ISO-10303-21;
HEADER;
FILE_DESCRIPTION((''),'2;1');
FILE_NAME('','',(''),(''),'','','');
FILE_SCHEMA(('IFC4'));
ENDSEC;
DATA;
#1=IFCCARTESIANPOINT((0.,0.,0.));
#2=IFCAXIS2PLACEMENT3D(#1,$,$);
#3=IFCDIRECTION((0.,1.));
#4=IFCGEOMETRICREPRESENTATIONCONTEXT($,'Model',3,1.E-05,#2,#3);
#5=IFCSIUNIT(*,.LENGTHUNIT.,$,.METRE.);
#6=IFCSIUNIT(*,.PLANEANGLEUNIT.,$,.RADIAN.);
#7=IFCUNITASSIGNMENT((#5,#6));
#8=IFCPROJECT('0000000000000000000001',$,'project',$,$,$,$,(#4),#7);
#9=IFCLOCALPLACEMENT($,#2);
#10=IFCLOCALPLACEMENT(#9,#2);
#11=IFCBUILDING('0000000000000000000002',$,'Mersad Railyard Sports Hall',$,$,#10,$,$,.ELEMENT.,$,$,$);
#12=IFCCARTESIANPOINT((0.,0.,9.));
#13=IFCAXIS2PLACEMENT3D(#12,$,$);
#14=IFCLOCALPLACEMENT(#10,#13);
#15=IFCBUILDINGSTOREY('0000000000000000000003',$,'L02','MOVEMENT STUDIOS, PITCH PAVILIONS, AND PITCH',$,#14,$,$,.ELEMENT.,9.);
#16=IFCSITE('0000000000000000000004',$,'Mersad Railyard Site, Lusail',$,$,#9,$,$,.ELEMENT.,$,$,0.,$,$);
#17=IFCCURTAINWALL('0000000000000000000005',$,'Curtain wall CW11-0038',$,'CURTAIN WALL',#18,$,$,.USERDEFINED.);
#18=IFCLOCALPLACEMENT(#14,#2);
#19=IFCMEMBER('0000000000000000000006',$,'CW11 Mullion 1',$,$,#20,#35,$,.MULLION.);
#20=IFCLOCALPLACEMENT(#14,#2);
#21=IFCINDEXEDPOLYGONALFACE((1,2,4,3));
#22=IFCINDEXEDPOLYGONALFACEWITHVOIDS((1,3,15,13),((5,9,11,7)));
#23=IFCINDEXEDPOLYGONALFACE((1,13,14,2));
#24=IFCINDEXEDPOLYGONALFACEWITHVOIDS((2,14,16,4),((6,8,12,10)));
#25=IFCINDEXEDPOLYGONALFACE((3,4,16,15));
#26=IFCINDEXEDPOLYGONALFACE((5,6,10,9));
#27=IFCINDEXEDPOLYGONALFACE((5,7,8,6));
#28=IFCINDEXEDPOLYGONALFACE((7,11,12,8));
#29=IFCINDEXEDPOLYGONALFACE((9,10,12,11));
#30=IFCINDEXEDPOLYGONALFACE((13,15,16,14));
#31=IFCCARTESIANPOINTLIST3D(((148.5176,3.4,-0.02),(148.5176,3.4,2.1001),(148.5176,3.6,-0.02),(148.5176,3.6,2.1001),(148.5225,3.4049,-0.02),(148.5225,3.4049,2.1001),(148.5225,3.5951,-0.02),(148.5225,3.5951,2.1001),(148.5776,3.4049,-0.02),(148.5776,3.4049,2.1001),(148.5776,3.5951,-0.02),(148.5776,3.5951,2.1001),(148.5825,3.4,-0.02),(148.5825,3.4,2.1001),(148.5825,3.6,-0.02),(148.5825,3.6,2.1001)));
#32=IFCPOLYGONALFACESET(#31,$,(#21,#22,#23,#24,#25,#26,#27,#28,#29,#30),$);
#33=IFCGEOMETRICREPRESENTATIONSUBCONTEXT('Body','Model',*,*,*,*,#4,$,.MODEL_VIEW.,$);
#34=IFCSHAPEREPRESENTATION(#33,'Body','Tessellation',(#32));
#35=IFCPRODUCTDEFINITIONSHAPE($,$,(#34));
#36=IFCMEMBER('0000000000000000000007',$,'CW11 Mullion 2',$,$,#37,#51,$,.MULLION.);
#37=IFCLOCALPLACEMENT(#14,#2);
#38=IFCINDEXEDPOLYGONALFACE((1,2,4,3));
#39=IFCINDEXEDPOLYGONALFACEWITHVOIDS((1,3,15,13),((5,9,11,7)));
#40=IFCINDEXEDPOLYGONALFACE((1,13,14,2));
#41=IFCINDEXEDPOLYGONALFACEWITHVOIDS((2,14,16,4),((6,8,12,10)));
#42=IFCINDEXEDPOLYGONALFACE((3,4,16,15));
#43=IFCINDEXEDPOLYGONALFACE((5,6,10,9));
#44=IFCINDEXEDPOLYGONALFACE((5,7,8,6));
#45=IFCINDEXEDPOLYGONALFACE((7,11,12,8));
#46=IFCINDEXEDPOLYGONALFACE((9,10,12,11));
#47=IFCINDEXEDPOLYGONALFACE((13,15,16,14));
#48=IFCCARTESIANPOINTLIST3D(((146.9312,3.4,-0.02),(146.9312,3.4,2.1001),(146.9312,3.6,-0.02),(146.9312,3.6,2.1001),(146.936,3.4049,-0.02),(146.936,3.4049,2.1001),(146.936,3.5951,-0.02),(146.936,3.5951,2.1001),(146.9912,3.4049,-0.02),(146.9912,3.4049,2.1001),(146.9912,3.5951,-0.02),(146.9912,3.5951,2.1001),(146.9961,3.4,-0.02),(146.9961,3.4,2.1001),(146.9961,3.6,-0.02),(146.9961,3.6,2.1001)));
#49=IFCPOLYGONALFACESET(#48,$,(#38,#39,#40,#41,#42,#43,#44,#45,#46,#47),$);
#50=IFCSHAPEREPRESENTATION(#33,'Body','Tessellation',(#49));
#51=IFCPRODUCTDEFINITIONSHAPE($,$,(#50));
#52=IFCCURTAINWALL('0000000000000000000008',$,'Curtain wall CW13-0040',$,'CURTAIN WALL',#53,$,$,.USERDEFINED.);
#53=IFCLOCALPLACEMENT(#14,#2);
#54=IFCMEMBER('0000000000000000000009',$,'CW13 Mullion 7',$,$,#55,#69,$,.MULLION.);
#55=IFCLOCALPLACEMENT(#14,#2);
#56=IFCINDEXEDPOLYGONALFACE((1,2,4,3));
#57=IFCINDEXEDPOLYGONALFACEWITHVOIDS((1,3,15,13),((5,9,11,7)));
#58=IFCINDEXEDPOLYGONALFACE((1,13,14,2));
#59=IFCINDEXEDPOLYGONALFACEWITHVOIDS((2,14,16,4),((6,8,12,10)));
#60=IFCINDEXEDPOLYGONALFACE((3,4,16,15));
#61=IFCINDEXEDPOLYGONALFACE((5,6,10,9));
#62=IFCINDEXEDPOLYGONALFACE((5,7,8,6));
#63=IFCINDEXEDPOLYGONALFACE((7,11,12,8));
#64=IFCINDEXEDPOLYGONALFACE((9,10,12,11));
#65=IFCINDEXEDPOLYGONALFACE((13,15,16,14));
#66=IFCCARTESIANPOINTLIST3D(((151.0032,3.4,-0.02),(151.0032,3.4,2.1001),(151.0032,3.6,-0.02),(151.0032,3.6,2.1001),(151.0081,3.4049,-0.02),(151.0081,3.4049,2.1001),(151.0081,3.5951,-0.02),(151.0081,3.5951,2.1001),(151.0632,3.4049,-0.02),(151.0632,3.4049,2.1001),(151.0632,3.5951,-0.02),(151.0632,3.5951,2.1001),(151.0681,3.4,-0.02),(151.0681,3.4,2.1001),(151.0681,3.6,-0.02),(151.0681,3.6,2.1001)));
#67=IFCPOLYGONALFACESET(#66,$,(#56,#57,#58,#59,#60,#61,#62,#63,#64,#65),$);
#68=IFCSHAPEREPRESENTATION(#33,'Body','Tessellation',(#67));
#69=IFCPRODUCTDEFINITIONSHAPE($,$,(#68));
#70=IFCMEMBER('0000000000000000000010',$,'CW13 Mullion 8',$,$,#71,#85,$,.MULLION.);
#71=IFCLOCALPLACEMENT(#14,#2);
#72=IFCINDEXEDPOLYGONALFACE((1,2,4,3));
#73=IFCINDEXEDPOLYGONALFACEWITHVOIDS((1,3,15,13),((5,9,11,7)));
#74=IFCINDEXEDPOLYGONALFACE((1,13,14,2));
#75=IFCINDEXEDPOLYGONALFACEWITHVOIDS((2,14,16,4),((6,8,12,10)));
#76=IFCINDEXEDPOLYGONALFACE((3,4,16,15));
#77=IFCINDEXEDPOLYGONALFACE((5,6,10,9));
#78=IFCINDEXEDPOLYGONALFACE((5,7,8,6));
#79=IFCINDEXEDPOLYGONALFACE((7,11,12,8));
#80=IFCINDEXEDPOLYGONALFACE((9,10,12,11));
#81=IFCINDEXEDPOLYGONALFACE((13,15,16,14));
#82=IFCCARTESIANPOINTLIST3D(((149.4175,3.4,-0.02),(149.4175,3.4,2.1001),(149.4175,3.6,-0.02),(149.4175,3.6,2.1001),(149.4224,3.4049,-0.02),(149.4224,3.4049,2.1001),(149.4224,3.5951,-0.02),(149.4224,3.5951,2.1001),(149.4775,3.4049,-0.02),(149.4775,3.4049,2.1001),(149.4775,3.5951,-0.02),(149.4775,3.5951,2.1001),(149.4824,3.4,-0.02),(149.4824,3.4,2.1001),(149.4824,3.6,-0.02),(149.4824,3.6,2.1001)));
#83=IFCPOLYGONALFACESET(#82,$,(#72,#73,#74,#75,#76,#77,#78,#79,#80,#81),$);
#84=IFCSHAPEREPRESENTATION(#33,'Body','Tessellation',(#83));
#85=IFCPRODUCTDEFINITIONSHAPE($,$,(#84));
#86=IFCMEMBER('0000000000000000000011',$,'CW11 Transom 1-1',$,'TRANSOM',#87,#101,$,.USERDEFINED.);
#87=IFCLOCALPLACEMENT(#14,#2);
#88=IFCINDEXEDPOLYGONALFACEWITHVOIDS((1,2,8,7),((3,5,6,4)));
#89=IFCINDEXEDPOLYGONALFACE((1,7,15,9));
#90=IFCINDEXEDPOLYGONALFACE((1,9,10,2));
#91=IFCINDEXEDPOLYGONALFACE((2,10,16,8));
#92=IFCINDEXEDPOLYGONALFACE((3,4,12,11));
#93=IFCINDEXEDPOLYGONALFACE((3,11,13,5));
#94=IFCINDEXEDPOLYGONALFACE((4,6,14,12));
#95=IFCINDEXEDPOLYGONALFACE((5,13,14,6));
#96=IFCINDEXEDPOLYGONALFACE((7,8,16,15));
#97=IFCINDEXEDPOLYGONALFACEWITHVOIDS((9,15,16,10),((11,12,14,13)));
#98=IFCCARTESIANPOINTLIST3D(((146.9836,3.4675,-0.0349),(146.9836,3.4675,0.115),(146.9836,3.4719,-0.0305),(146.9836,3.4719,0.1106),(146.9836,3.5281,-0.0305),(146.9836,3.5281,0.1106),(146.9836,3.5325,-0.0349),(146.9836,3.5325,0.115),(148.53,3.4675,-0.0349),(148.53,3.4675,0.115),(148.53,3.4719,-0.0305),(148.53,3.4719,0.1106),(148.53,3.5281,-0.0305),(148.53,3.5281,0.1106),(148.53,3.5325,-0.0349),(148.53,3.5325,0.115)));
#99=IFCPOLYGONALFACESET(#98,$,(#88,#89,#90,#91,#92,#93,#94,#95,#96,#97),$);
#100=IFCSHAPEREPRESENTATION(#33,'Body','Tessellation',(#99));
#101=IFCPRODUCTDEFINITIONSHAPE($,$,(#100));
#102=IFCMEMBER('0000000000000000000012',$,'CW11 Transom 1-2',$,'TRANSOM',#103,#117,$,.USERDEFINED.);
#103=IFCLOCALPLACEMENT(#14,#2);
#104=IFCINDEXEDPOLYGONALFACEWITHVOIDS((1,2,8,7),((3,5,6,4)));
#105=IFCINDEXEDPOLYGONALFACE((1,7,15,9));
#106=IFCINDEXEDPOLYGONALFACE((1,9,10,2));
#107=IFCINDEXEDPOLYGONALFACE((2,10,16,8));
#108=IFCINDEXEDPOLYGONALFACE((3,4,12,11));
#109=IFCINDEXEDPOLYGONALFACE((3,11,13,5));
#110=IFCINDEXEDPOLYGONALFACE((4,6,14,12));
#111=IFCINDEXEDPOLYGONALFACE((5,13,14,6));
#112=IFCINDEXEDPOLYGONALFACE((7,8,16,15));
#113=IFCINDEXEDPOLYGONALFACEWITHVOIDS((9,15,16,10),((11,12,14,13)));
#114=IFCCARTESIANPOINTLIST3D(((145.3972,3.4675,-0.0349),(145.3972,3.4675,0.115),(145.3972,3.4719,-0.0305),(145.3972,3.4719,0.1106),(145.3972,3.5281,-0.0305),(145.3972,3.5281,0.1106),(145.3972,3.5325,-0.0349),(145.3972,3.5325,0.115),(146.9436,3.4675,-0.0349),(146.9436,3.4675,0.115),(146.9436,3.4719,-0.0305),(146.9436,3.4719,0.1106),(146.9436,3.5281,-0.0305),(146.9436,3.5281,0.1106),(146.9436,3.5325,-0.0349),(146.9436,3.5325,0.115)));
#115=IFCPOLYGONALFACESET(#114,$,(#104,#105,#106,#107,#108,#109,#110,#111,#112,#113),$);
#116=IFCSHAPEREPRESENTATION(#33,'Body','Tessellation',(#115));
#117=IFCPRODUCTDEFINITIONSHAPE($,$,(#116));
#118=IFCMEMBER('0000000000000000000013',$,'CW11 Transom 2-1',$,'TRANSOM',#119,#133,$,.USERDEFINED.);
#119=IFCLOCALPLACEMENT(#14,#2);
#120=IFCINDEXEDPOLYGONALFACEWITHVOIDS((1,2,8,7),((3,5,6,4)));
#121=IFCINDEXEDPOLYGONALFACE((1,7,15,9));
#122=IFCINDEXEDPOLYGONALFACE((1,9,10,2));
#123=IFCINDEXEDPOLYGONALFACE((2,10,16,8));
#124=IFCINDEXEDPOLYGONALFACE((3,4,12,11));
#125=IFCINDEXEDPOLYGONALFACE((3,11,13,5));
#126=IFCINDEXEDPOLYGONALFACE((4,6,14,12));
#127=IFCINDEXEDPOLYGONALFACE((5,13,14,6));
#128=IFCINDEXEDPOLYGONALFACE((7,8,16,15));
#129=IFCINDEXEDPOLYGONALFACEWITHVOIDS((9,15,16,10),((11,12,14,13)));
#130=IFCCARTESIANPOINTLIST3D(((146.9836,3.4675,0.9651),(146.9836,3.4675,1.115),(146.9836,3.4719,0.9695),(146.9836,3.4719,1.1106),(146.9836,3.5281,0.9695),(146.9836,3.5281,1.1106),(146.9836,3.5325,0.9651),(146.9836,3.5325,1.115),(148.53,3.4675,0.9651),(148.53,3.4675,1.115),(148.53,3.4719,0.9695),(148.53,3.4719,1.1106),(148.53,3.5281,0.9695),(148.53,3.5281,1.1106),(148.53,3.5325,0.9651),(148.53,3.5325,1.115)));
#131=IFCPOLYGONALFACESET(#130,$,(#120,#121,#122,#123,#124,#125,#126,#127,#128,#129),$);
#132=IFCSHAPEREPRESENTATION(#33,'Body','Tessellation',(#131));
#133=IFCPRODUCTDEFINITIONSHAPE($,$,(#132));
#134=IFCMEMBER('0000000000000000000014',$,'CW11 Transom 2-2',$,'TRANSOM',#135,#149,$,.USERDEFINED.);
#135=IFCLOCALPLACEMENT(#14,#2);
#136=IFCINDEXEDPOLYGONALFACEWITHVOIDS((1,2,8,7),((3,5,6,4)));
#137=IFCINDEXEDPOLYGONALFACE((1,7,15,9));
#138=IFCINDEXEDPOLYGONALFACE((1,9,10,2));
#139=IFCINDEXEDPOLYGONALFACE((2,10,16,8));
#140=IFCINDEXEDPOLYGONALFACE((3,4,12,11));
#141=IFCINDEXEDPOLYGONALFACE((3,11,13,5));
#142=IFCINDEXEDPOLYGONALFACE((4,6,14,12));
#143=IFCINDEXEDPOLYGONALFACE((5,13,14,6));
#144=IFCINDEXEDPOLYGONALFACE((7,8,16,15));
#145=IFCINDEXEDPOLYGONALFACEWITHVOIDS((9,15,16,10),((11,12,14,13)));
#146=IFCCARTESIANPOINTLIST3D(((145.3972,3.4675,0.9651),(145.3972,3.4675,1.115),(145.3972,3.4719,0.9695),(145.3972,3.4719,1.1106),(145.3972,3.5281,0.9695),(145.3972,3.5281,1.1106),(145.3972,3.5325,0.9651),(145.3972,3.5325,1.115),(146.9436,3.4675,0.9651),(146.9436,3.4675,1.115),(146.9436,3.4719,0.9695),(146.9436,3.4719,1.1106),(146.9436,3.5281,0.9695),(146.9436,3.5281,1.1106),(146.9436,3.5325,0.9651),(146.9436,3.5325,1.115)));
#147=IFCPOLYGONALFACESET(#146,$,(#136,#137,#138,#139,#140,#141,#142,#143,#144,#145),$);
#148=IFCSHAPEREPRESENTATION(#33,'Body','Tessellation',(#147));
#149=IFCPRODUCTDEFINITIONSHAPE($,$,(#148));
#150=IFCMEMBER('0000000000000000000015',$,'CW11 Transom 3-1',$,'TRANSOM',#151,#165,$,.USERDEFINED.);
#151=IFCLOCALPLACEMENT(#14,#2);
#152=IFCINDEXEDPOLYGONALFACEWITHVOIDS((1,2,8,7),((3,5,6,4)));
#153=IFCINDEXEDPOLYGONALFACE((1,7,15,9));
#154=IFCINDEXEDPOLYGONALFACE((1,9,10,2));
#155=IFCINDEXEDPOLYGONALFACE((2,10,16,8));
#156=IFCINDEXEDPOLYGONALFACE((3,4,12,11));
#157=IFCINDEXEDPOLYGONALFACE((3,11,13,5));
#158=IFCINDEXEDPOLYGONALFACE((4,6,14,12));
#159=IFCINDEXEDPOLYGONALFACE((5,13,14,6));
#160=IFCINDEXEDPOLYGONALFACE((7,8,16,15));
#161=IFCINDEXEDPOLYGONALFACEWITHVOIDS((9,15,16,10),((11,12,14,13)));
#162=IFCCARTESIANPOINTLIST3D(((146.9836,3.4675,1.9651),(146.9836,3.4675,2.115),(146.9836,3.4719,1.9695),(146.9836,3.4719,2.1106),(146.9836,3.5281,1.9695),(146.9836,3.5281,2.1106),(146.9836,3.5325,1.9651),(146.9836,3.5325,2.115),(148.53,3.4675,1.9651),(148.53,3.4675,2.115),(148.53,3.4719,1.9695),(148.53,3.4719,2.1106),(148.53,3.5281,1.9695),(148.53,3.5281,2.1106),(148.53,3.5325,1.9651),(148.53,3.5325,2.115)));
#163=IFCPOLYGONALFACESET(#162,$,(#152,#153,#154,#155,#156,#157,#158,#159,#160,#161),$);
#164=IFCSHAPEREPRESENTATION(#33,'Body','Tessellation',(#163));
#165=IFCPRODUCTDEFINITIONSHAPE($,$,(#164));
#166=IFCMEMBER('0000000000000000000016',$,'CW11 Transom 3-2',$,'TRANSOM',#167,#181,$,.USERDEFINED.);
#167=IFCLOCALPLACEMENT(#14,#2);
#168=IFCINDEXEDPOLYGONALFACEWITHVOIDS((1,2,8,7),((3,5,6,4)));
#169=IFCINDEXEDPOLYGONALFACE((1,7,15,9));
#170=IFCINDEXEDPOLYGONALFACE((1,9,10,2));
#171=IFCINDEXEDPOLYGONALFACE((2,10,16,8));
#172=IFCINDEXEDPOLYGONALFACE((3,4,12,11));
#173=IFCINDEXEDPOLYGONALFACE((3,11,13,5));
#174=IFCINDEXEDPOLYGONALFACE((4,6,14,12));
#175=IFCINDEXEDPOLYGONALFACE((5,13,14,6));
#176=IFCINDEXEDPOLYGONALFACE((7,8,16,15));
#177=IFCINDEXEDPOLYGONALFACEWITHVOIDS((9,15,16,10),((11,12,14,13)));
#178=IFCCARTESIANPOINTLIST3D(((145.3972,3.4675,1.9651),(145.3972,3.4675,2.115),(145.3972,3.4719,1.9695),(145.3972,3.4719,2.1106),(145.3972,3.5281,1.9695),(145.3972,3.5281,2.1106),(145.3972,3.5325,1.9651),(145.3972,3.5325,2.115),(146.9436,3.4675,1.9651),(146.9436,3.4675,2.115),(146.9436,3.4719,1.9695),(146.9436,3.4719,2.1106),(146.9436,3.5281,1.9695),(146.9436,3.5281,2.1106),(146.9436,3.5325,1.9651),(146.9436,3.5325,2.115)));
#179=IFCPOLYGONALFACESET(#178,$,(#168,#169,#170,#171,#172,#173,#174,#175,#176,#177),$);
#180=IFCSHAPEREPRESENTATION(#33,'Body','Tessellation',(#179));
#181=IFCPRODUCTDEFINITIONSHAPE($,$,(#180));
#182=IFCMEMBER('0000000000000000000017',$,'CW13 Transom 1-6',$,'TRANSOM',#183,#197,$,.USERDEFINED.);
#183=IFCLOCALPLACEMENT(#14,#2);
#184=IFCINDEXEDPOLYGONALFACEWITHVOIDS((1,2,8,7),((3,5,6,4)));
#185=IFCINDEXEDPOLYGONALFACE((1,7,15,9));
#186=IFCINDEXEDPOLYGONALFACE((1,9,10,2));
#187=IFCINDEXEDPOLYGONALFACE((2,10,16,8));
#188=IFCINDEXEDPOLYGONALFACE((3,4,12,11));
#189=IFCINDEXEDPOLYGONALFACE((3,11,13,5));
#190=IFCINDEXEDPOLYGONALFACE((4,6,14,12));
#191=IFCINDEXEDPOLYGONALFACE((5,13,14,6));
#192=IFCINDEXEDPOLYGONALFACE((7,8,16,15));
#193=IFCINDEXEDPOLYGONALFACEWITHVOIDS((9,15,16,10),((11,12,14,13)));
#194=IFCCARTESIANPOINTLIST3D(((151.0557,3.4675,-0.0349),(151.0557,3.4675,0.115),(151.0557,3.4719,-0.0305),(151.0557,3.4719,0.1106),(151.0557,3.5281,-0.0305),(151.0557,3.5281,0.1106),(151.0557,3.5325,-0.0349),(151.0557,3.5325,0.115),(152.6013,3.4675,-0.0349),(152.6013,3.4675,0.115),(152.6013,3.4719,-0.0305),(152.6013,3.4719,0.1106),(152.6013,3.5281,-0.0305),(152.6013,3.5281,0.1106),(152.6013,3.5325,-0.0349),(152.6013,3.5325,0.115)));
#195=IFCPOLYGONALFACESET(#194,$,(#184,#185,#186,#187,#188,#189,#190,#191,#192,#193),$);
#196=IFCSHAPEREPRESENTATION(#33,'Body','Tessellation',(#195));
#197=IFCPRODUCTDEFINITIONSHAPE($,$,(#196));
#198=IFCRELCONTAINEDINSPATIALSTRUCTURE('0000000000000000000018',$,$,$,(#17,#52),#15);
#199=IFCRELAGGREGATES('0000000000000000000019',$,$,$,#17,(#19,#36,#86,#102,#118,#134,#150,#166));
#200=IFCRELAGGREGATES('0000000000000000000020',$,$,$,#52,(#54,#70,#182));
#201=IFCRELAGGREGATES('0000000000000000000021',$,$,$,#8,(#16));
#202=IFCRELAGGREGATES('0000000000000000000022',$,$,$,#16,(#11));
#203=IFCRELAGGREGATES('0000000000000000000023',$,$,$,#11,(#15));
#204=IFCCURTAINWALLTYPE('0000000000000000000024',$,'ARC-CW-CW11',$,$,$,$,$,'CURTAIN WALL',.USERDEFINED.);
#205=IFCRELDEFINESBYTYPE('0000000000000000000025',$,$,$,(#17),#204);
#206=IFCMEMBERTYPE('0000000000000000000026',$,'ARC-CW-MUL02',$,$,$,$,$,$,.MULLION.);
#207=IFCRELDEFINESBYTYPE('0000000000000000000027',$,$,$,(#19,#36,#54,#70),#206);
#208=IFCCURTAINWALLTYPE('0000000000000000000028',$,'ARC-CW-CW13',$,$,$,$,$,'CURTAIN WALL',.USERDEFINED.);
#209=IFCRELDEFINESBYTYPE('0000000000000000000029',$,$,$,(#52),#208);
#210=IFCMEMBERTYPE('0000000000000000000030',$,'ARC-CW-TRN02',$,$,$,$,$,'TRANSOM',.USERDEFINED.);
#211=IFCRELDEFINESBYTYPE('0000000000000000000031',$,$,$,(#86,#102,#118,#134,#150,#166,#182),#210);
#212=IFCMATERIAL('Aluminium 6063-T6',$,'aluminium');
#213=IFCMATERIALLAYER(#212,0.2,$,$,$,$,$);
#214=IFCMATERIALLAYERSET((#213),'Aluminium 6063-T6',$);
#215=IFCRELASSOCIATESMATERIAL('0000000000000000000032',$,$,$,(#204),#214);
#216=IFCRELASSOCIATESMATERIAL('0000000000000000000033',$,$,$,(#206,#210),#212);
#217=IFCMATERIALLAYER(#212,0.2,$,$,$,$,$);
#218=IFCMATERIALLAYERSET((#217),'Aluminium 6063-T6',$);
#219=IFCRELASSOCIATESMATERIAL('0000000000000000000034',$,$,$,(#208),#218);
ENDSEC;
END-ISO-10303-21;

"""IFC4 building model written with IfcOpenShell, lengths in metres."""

from ifc_helpers import new_model, si_unit, direction, frame, origin, origin_2d, place, context, subcontext, project, spatial, hollow_rectangle, extrude, material, layer, layer_set, material_profile, profile_set, type_object, element, aggregate, save


model = new_model("IFC4")

# Units and contexts
model_context = context("Model", 3, precision=1e-05, world=origin(), true_north=direction((0.0, 1.0)))
body_context = subcontext(model_context, "Body", "Model", "MODEL_VIEW")
ifc_project = project(units=[si_unit("LENGTHUNIT", "METRE"), si_unit("PLANEANGLEUNIT", "RADIAN")], contexts=[model_context])

# Site, building, storey
site_placement = place(None, origin())
site = spatial("IfcSite", under=ifc_project, at=site_placement, Name="Mersad Railyard Site, Lusail", CompositionType="ELEMENT", RefElevation=0.0)
building_placement = place(site_placement, origin())
building = spatial("IfcBuilding", under=site, at=building_placement, Name="Mersad Railyard Sports Hall", CompositionType="ELEMENT")
storey_placement = place(building_placement, frame((0.0, 0.0, 9.0)))
storey = spatial("IfcBuildingStorey", under=building, at=storey_placement, Name="L02", Description="MOVEMENT STUDIOS, PITCH PAVILIONS, AND PITCH", CompositionType="ELEMENT", Elevation=9.0)

# Curtain walls, members
ifc_material_1 = material(Name="Aluminium 6063-T6", Category="aluminium")
ifc_layer_1 = layer(ifc_material_1, 0.2)
ifc_layer_set_1 = layer_set([ifc_layer_1], Name="Aluminium 6063-T6")
curtain_wall_type_1 = type_object("IfcCurtainWallType", Name="ARC-CW-CW11", ElementType="CURTAIN WALL", PredefinedType="USERDEFINED", material=ifc_layer_set_1)
curtain_wall_1_placement = place(storey_placement, origin())
curtain_wall_1 = element("IfcCurtainWall", 1, at=curtain_wall_1_placement, inside=storey, type_object=curtain_wall_type_1, Name="Curtain wall CW11-0038", ObjectType="CURTAIN WALL", PredefinedType="USERDEFINED")
ifc_material_profile_1 = material_profile(ifc_material_1, hollow_rectangle(XDim=0.0649, YDim=0.2, WallThickness=0.0049, at=origin_2d()), Name="AL MULLION 65x200x5")
ifc_profile_set_1 = profile_set([ifc_material_profile_1], Name="Aluminium 6063-T6")
member_type_1 = type_object("IfcMemberType", Name="ARC-CW-MUL02", PredefinedType="MULLION", material=ifc_profile_set_1)
member_1_placement = place(storey_placement, frame((148.55, 3.5, -0.02), z_axis=(0.0, 0.0, 1.0), x_axis=(1.0, 0.0, 0.0)))
member_1 = element("IfcMember", 2, at=member_1_placement, type_object=member_type_1, Name="CW11 Mullion 1", PredefinedType="MULLION", context=body_context, shape_type="SweptSolid", body=[
    extrude(hollow_rectangle(XDim=0.0649, YDim=0.2, WallThickness=0.0049, at=origin_2d()), origin(), (0.0, 0.0, 1.0), 2.1201),
])
member_2_placement = place(storey_placement, frame((146.9636, 3.5, -0.02), z_axis=(0.0, 0.0, 1.0), x_axis=(1.0, 0.0, 0.0)))
member_2 = element("IfcMember", 3, at=member_2_placement, type_object=member_type_1, Name="CW11 Mullion 2", PredefinedType="MULLION", context=body_context, shape_type="SweptSolid", body=[
    extrude(hollow_rectangle(XDim=0.0649, YDim=0.2, WallThickness=0.0049, at=origin_2d()), origin(), (0.0, 0.0, 1.0), 2.1201),
])
ifc_layer_2 = layer(ifc_material_1, 0.2)
ifc_layer_set_2 = layer_set([ifc_layer_2], Name="Aluminium 6063-T6")
curtain_wall_type_2 = type_object("IfcCurtainWallType", Name="ARC-CW-CW13", ElementType="CURTAIN WALL", PredefinedType="USERDEFINED", material=ifc_layer_set_2)
curtain_wall_2_placement = place(storey_placement, origin())
curtain_wall_2 = element("IfcCurtainWall", 4, at=curtain_wall_2_placement, inside=storey, type_object=curtain_wall_type_2, Name="Curtain wall CW13-0040", ObjectType="CURTAIN WALL", PredefinedType="USERDEFINED")
member_3_placement = place(storey_placement, frame((151.0356, 3.5, -0.02), z_axis=(0.0, 0.0, 1.0), x_axis=(1.0, 0.0, 0.0)))
member_3 = element("IfcMember", 5, at=member_3_placement, type_object=member_type_1, Name="CW13 Mullion 7", PredefinedType="MULLION", context=body_context, shape_type="SweptSolid", body=[
    extrude(hollow_rectangle(XDim=0.0649, YDim=0.2, WallThickness=0.0049, at=origin_2d()), origin(), (0.0, 0.0, 1.0), 2.1201),
])
member_4_placement = place(storey_placement, frame((149.45, 3.5, -0.02), z_axis=(0.0, 0.0, 1.0), x_axis=(1.0, 0.0, 0.0)))
member_4 = element("IfcMember", 6, at=member_4_placement, type_object=member_type_1, Name="CW13 Mullion 8", PredefinedType="MULLION", context=body_context, shape_type="SweptSolid", body=[
    extrude(hollow_rectangle(XDim=0.0649, YDim=0.2, WallThickness=0.0049, at=origin_2d()), origin(), (0.0, 0.0, 1.0), 2.1201),
])

# Members
ifc_material_profile_2 = material_profile(ifc_material_1, hollow_rectangle(XDim=0.0649, YDim=0.1499, WallThickness=0.0044, at=origin_2d()), Name="AL TRANSOM 65x150x4.5")
ifc_profile_set_2 = profile_set([ifc_material_profile_2], Name="Aluminium 6063-T6")
member_type_2 = type_object("IfcMemberType", Name="ARC-CW-TRN02", ElementType="TRANSOM", PredefinedType="USERDEFINED", material=ifc_profile_set_2)
member_5_placement = place(storey_placement, frame((148.53, 3.5, 0.04), z_axis=(-1.0, 0.0, 0.0), x_axis=(0.0, -1.0, 0.0)))
member_5 = element("IfcMember", 7, at=member_5_placement, type_object=member_type_2, Name="CW11 Transom 1-1", ObjectType="TRANSOM", PredefinedType="USERDEFINED", context=body_context, shape_type="SweptSolid", body=[
    extrude(hollow_rectangle(XDim=0.0649, YDim=0.1499, WallThickness=0.0044, at=origin_2d()), origin(), (0.0, 0.0, 1.0), 1.5464),
])
member_6_placement = place(storey_placement, frame((146.9436, 3.5, 0.04), z_axis=(-1.0, 0.0, 0.0), x_axis=(0.0, -1.0, 0.0)))
member_6 = element("IfcMember", 8, at=member_6_placement, type_object=member_type_2, Name="CW11 Transom 1-2", ObjectType="TRANSOM", PredefinedType="USERDEFINED", context=body_context, shape_type="SweptSolid", body=[
    extrude(hollow_rectangle(XDim=0.0649, YDim=0.1499, WallThickness=0.0044, at=origin_2d()), origin(), (0.0, 0.0, 1.0), 1.5464),
])
member_7_placement = place(storey_placement, frame((148.53, 3.5, 1.04), z_axis=(-1.0, 0.0, 0.0), x_axis=(0.0, -1.0, 0.0)))
member_7 = element("IfcMember", 9, at=member_7_placement, type_object=member_type_2, Name="CW11 Transom 2-1", ObjectType="TRANSOM", PredefinedType="USERDEFINED", context=body_context, shape_type="SweptSolid", body=[
    extrude(hollow_rectangle(XDim=0.0649, YDim=0.1499, WallThickness=0.0044, at=origin_2d()), origin(), (0.0, 0.0, 1.0), 1.5464),
])
member_8_placement = place(storey_placement, frame((146.9436, 3.5, 1.04), z_axis=(-1.0, 0.0, 0.0), x_axis=(0.0, -1.0, 0.0)))
member_8 = element("IfcMember", 10, at=member_8_placement, type_object=member_type_2, Name="CW11 Transom 2-2", ObjectType="TRANSOM", PredefinedType="USERDEFINED", context=body_context, shape_type="SweptSolid", body=[
    extrude(hollow_rectangle(XDim=0.0649, YDim=0.1499, WallThickness=0.0044, at=origin_2d()), origin(), (0.0, 0.0, 1.0), 1.5464),
])
member_9_placement = place(storey_placement, frame((148.53, 3.5, 2.04), z_axis=(-1.0, 0.0, 0.0), x_axis=(0.0, -1.0, 0.0)))
member_9 = element("IfcMember", 11, at=member_9_placement, type_object=member_type_2, Name="CW11 Transom 3-1", ObjectType="TRANSOM", PredefinedType="USERDEFINED", context=body_context, shape_type="SweptSolid", body=[
    extrude(hollow_rectangle(XDim=0.0649, YDim=0.1499, WallThickness=0.0044, at=origin_2d()), origin(), (0.0, 0.0, 1.0), 1.5464),
])
member_10_placement = place(storey_placement, frame((146.9436, 3.5, 2.04), z_axis=(-1.0, 0.0, 0.0), x_axis=(0.0, -1.0, 0.0)))
member_10 = element("IfcMember", 12, at=member_10_placement, type_object=member_type_2, Name="CW11 Transom 3-2", ObjectType="TRANSOM", PredefinedType="USERDEFINED", context=body_context, shape_type="SweptSolid", body=[
    extrude(hollow_rectangle(XDim=0.0649, YDim=0.1499, WallThickness=0.0044, at=origin_2d()), origin(), (0.0, 0.0, 1.0), 1.5464),
])
member_11_placement = place(storey_placement, frame((152.6013, 3.5, 0.04), z_axis=(-1.0, 0.0, 0.0), x_axis=(0.0, -1.0, 0.0)))
member_11 = element("IfcMember", 13, at=member_11_placement, type_object=member_type_2, Name="CW13 Transom 1-6", ObjectType="TRANSOM", PredefinedType="USERDEFINED", context=body_context, shape_type="SweptSolid", body=[
    extrude(hollow_rectangle(XDim=0.0649, YDim=0.1499, WallThickness=0.0044, at=origin_2d()), origin(), (0.0, 0.0, 1.0), 1.5457),
])

aggregate(curtain_wall_1, [member_1, member_2, member_5, member_6, member_7, member_8, member_9, member_10])
aggregate(curtain_wall_2, [member_3, member_4, member_11])

save(model, "model.ifc")
